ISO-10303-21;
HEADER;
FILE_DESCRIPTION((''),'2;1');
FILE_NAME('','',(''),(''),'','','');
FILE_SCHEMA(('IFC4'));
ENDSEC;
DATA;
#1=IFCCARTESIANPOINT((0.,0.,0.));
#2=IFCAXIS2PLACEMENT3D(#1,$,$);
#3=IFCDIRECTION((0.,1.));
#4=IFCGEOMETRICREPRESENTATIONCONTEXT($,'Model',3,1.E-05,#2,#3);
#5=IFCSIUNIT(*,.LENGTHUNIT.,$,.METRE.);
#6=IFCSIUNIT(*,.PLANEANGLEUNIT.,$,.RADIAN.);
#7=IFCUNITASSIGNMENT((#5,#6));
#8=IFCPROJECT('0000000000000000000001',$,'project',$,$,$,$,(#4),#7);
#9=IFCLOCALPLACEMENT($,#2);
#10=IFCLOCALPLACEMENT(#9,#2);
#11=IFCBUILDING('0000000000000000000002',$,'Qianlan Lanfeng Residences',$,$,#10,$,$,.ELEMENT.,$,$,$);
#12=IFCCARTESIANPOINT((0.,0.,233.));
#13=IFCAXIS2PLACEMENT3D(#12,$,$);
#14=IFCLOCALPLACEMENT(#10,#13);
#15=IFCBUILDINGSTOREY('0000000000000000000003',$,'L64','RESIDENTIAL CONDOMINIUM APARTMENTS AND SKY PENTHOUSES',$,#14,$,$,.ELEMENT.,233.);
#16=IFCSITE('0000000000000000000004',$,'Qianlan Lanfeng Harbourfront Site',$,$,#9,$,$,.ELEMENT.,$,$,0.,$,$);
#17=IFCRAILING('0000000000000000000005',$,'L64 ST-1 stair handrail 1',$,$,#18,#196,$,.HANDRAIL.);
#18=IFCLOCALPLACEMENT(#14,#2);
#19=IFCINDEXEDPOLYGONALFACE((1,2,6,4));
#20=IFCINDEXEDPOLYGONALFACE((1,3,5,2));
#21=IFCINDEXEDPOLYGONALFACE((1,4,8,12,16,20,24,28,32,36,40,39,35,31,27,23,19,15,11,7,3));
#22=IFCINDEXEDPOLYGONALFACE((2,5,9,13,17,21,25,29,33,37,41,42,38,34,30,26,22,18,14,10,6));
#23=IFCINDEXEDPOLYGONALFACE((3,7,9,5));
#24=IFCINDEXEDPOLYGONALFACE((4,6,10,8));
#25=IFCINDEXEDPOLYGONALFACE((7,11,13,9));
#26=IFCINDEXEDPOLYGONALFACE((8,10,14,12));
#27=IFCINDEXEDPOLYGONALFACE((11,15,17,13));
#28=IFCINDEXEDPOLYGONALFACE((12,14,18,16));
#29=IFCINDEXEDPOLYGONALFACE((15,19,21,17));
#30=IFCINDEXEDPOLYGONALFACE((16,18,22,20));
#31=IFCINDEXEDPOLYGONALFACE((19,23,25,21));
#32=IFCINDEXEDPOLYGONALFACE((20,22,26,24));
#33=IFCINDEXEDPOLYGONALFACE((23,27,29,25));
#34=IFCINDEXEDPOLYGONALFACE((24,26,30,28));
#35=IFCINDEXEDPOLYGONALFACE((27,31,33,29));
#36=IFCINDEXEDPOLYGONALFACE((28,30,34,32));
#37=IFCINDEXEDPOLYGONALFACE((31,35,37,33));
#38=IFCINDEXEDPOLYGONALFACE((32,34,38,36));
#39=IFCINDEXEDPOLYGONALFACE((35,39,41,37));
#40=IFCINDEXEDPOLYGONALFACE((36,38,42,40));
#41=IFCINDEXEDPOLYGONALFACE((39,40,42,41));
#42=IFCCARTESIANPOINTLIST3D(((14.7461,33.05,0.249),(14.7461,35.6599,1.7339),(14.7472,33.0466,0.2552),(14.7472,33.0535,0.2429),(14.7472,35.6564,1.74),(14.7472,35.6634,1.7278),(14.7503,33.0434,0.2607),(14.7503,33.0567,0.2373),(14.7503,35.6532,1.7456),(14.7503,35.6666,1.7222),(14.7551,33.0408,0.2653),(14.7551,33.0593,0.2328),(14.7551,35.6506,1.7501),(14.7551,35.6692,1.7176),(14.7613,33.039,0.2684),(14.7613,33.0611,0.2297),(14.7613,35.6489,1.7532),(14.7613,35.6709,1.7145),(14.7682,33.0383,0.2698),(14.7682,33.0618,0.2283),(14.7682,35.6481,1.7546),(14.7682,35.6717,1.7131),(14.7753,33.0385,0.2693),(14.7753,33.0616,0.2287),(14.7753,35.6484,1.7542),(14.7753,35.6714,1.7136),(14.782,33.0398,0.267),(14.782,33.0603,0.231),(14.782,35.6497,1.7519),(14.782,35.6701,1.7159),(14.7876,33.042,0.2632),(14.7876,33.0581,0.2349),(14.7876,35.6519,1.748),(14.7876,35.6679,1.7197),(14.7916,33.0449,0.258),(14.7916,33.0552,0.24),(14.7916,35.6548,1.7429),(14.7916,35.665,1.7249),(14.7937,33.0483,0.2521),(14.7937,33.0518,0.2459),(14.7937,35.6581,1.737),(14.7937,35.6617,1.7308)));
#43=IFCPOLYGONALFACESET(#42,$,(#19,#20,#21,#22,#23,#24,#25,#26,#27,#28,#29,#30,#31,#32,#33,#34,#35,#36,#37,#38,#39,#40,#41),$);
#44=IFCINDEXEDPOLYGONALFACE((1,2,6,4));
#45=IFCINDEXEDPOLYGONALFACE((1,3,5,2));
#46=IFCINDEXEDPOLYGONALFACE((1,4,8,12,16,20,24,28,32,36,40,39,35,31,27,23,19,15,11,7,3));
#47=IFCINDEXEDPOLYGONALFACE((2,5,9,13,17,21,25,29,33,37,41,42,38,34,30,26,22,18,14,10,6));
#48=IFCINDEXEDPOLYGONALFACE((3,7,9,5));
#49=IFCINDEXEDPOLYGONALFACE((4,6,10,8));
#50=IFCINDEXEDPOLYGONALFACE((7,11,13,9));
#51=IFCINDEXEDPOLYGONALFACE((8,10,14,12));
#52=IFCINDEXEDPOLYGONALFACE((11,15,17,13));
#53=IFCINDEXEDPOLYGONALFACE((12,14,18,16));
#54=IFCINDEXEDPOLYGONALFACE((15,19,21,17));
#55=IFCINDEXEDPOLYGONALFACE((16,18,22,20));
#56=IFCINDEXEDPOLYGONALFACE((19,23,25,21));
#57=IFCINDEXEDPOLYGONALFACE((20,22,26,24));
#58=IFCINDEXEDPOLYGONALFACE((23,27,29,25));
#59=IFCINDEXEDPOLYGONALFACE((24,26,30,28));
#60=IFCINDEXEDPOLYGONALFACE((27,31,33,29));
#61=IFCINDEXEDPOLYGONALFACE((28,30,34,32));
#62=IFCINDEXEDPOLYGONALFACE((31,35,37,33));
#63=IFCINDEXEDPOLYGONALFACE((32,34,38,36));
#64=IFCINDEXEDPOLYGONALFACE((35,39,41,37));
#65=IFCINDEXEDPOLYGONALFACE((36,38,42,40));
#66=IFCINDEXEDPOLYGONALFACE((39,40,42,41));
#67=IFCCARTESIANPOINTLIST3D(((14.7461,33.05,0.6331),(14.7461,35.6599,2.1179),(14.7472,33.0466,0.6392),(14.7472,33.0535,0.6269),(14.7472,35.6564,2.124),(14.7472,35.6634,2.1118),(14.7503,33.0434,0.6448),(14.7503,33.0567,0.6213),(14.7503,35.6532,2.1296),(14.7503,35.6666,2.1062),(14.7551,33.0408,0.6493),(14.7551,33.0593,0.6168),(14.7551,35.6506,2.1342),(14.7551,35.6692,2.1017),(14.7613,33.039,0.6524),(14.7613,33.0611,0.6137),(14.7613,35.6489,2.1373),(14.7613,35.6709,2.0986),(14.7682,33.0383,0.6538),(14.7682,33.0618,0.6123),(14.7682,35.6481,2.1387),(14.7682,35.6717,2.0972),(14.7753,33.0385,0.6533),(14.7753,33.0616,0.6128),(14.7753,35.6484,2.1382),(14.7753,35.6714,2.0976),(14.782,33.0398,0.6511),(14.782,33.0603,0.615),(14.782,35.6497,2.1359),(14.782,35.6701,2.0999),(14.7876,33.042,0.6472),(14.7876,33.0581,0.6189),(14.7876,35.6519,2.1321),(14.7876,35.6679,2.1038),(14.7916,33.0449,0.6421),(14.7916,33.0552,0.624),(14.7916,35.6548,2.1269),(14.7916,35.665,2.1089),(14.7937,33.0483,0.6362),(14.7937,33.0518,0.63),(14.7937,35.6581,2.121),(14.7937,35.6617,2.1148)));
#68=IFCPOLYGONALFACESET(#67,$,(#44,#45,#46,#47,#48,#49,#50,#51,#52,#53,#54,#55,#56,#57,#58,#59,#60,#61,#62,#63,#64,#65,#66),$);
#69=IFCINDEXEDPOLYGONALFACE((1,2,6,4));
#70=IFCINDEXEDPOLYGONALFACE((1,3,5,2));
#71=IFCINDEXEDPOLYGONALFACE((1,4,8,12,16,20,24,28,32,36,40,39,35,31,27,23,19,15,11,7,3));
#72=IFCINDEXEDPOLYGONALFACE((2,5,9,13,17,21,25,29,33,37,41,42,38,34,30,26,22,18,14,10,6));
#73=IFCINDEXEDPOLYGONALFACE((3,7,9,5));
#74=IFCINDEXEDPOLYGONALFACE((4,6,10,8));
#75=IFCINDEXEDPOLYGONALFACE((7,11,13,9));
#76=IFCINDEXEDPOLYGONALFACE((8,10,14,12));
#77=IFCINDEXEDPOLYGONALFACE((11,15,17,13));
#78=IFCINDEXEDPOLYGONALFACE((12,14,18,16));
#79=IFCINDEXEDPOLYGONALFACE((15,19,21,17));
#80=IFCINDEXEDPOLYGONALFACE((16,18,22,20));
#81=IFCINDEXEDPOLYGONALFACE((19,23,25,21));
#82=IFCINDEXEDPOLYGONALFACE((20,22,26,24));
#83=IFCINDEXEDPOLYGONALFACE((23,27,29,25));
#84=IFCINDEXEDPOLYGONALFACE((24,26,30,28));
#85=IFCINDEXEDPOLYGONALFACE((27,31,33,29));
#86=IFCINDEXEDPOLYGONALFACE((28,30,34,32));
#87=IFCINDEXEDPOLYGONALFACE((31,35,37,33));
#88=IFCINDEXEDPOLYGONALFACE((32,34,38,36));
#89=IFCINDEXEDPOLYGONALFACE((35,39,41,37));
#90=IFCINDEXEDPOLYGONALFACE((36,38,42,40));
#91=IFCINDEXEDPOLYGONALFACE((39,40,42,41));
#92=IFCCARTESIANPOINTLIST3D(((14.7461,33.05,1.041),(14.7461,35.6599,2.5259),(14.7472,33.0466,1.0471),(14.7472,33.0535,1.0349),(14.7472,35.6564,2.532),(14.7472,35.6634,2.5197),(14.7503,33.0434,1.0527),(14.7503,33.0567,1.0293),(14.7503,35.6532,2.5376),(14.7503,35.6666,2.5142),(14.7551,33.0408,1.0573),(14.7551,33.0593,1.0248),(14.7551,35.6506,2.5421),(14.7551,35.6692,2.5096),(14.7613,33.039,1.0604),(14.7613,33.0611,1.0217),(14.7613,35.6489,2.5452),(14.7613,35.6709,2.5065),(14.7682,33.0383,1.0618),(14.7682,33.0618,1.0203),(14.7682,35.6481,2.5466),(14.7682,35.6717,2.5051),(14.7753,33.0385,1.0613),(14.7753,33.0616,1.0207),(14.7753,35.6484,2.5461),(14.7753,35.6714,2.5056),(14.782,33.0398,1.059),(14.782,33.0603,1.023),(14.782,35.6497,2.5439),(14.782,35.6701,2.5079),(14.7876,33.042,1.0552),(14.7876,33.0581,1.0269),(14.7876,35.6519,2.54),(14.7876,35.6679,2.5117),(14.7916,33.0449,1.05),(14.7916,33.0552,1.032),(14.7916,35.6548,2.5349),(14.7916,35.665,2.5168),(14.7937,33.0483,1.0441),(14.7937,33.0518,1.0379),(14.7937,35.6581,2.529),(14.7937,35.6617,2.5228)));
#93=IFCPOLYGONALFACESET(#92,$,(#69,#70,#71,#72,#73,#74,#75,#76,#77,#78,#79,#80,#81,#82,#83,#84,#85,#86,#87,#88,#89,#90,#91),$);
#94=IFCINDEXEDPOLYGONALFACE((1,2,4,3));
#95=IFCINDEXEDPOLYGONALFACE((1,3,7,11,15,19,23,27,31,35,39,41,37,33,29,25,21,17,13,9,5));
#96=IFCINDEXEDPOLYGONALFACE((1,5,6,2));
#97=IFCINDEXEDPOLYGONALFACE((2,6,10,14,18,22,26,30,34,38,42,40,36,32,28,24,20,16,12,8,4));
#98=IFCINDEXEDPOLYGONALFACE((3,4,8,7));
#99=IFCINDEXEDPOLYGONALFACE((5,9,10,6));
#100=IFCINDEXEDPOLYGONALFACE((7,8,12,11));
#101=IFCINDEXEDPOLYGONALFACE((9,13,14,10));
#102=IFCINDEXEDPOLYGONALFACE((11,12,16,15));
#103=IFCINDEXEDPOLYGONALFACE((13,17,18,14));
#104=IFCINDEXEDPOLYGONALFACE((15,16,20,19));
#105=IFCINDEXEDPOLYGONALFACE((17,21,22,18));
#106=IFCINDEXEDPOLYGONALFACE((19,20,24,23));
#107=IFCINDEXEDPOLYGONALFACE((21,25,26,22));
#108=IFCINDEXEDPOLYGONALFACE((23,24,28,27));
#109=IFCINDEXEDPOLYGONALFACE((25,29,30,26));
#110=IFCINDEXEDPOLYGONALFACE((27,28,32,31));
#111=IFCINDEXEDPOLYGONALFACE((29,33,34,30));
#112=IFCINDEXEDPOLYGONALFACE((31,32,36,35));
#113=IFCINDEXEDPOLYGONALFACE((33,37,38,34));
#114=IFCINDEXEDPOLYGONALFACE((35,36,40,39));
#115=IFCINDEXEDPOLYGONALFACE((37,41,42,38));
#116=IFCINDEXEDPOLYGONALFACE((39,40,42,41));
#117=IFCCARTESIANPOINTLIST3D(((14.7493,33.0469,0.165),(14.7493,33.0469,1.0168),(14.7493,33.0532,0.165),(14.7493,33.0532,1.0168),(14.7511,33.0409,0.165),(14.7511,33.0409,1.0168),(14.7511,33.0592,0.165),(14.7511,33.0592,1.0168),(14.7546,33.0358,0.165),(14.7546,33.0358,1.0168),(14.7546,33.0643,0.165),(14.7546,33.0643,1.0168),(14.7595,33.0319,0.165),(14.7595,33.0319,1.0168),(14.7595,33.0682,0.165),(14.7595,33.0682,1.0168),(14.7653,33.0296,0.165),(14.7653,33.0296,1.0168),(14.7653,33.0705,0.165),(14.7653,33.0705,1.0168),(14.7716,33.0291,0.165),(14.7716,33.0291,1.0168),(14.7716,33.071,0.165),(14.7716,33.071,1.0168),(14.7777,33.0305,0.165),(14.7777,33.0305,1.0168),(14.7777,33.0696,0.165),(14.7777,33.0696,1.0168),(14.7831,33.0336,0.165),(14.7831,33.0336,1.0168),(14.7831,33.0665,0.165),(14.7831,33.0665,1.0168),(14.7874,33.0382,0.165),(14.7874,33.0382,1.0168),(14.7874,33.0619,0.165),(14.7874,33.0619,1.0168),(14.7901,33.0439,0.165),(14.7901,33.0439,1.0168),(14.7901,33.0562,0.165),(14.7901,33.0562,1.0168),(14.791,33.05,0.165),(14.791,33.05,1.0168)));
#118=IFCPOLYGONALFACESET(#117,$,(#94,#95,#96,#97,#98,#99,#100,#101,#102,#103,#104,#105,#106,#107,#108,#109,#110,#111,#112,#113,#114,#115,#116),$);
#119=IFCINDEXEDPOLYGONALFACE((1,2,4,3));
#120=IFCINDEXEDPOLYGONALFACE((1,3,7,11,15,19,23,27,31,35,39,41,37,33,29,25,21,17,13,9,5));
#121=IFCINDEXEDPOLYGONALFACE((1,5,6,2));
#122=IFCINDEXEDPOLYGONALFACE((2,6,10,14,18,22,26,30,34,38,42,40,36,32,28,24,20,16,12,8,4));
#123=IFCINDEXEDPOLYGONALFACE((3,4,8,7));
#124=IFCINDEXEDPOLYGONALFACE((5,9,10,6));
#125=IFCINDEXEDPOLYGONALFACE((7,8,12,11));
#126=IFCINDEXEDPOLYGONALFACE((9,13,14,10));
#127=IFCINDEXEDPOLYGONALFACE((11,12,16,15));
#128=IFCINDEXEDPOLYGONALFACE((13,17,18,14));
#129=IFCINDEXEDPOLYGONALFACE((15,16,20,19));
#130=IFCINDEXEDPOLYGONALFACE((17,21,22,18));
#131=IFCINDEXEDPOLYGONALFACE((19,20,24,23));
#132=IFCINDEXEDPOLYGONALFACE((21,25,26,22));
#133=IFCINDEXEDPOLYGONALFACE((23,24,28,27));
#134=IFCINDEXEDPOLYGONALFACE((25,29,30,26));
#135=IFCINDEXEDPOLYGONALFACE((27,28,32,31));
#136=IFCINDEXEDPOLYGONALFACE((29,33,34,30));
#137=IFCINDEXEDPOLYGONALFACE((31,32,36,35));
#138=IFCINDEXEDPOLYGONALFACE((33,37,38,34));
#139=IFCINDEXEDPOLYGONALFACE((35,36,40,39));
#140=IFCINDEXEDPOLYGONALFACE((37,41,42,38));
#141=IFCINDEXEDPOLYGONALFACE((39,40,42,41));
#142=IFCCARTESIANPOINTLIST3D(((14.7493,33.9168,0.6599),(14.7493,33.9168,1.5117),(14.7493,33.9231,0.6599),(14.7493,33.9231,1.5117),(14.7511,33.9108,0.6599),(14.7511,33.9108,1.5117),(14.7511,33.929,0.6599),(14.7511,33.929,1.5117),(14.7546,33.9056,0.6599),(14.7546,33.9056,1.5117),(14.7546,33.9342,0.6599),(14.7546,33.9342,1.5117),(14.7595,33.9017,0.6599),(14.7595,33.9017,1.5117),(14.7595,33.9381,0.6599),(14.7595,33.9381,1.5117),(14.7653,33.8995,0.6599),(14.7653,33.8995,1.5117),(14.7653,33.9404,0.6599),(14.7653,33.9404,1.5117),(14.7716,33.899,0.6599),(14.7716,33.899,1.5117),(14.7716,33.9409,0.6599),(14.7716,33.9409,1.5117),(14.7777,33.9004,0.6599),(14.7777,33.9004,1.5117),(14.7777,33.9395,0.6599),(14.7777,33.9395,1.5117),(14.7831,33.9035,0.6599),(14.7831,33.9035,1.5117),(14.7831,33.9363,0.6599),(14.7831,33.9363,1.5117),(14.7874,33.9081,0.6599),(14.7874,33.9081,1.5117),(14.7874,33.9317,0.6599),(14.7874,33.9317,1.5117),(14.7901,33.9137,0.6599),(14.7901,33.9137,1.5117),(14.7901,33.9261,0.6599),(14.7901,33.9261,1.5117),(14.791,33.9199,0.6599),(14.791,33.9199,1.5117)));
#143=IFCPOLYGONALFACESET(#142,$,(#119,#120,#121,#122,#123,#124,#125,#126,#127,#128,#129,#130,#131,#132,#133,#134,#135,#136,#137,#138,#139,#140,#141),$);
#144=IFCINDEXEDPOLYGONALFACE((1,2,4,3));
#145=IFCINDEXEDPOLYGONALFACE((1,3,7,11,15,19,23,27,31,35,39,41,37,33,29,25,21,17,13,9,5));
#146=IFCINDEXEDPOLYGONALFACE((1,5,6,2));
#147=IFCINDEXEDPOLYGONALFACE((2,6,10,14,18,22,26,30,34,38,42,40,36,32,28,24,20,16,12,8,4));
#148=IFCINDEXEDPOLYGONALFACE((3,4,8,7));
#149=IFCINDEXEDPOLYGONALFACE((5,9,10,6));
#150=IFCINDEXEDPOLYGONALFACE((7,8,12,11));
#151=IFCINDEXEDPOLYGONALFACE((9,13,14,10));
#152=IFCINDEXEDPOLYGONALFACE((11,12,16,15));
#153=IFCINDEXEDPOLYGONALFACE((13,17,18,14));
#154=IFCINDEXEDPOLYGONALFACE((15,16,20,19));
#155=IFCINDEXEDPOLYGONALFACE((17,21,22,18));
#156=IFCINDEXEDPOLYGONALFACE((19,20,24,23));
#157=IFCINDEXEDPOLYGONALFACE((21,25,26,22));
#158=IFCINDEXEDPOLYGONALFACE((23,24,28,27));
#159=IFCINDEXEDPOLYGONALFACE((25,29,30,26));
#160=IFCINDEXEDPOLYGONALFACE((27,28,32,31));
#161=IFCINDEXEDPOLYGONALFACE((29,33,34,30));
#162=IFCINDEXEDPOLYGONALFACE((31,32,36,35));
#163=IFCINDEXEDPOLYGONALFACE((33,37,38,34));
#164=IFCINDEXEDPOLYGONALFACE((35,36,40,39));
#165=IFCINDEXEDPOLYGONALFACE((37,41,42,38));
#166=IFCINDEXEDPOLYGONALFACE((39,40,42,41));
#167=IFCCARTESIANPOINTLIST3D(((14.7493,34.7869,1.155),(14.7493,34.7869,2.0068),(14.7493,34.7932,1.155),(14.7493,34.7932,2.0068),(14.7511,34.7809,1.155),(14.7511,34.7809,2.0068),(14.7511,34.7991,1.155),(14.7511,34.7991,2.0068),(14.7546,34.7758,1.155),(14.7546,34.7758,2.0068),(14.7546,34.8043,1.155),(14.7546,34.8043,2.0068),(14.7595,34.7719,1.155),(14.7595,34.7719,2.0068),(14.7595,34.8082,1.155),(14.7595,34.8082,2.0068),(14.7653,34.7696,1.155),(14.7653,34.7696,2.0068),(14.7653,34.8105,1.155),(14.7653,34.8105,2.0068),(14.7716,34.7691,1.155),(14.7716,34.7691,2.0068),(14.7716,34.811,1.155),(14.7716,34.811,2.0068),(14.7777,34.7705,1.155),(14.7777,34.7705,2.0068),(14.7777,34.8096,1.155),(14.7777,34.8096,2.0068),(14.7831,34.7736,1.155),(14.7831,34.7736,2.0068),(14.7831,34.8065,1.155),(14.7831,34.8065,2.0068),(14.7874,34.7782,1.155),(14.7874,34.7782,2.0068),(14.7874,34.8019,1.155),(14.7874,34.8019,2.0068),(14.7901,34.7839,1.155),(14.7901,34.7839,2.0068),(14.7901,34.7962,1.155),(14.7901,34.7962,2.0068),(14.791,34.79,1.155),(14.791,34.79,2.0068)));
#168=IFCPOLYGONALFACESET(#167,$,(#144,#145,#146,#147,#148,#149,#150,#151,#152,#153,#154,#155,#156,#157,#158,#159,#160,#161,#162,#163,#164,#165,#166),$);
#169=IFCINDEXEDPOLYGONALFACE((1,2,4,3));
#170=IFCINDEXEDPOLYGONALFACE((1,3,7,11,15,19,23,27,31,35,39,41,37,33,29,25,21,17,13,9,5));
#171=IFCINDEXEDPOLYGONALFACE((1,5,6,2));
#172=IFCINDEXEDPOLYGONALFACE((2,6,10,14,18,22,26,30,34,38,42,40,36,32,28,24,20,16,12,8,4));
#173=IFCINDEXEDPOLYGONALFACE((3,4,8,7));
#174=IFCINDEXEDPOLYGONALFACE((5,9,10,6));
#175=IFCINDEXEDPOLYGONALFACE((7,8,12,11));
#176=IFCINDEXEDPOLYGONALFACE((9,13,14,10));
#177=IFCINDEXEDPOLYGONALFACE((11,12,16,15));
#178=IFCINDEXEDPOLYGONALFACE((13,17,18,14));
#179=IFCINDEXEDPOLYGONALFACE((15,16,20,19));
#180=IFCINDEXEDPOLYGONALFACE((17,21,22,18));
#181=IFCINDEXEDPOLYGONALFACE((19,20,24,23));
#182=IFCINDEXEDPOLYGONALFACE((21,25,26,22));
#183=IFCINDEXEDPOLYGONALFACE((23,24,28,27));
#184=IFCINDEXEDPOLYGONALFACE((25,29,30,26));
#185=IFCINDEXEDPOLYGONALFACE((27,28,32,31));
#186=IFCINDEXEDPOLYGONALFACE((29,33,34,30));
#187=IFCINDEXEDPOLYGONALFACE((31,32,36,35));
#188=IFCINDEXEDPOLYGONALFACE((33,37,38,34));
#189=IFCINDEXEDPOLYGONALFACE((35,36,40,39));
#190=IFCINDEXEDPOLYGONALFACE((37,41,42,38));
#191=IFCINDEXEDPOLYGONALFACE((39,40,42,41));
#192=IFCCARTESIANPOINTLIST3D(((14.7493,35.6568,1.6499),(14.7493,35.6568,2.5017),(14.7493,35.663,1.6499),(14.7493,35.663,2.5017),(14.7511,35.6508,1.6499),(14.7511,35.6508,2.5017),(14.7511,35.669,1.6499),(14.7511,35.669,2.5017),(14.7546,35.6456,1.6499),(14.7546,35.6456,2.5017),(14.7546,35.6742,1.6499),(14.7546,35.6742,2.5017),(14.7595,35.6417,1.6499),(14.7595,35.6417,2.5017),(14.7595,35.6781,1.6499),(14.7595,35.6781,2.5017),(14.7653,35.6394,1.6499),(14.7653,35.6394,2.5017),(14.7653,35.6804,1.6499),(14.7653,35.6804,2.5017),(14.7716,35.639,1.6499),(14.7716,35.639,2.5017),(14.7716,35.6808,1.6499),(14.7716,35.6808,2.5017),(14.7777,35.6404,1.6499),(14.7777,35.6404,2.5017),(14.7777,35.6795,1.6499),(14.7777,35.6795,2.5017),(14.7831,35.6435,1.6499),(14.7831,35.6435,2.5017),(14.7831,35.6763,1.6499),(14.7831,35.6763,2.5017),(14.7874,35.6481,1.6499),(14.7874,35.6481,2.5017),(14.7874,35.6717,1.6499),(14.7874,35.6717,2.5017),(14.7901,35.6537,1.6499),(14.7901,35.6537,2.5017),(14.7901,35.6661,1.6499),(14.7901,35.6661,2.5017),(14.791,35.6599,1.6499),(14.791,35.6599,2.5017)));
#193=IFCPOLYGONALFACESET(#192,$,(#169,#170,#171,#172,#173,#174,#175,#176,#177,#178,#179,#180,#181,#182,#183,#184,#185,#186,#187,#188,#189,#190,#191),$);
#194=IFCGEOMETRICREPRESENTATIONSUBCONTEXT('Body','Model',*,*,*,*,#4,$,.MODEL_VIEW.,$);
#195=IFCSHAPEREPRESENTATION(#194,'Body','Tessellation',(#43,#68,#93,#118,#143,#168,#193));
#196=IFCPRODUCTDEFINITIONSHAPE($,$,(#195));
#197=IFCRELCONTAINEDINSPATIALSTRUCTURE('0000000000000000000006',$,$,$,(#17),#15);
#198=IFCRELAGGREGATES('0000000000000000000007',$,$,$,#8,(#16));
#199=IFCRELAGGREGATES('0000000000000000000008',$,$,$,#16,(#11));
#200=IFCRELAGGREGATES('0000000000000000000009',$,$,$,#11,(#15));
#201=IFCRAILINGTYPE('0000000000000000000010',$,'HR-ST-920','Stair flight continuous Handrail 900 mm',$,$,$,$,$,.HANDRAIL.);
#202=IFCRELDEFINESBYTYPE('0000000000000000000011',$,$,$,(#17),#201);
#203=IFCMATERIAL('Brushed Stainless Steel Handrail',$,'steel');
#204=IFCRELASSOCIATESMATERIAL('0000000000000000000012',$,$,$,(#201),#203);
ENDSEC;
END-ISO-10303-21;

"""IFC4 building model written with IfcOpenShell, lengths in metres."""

from ifc_helpers import new_model, si_unit, direction, frame, origin, origin_2d, place, context, subcontext, project, spatial, circle, extrude, material, type_object, element, save


model = new_model("IFC4")

# Units and contexts
model_context = context("Model", 3, precision=1e-05, world=origin(), true_north=direction((0.0, 1.0)))
body_context = subcontext(model_context, "Body", "Model", "MODEL_VIEW")
ifc_project = project(units=[si_unit("LENGTHUNIT", "METRE"), si_unit("PLANEANGLEUNIT", "RADIAN")], contexts=[model_context])

# Site, building, storey
site_placement = place(None, origin())
site = spatial("IfcSite", under=ifc_project, at=site_placement, Name="Qianlan Lanfeng Harbourfront Site", CompositionType="ELEMENT", RefElevation=0.0)
building_placement = place(site_placement, origin())
building = spatial("IfcBuilding", under=site, at=building_placement, Name="Qianlan Lanfeng Residences", CompositionType="ELEMENT")
storey_placement = place(building_placement, frame((0.0, 0.0, 233.0)))
storey = spatial("IfcBuildingStorey", under=building, at=storey_placement, Name="L64", Description="RESIDENTIAL CONDOMINIUM APARTMENTS AND SKY PENTHOUSES", CompositionType="ELEMENT", Elevation=233.0)

# Railing
ifc_material_1 = material(Name="Brushed Stainless Steel Handrail", Category="steel")
railing_type_1 = type_object("IfcRailingType", Name="HR-ST-920", Description="Stair flight continuous Handrail 900 mm", PredefinedType="HANDRAIL", material=ifc_material_1)
railing_1_placement = place(storey_placement, frame((14.77, 33.05, 0.165)))
element("IfcRailing", 1, at=railing_1_placement, inside=storey, type_object=railing_type_1, Name="L64 ST-1 stair handrail 1", PredefinedType="HANDRAIL", context=body_context, shape_type="SweptSolid", body=[
    extrude(circle(Radius=0.0239, at=origin_2d()), frame((0.0, 0.0, 0.084), z_axis=(0.0, 0.869172, 0.494509), x_axis=(-1.0, 0.0, 0.0)), (0.0, 0.0, 1.0), 3.0027),
    extrude(circle(Radius=0.0239, at=origin_2d()), frame((0.0, 0.0, 0.468), z_axis=(0.0, 0.869172, 0.494509), x_axis=(-1.0, 0.0, 0.0)), (0.0, 0.0, 1.0), 3.0027),
    extrude(circle(Radius=0.0239, at=origin_2d()), frame((0.0, 0.0, 0.876), z_axis=(0.0, 0.869172, 0.494509), x_axis=(-1.0, 0.0, 0.0)), (0.0, 0.0, 1.0), 3.0027),
    extrude(circle(Radius=0.021, at=origin_2d()), origin(), (0.0, 0.0, 1.0), 0.8518),
    extrude(circle(Radius=0.021, at=origin_2d()), frame((0.0, 0.8699, 0.4949)), (0.0, 0.0, 1.0), 0.8518),
    extrude(circle(Radius=0.021, at=origin_2d()), frame((0.0, 1.74, 0.99)), (0.0, 0.0, 1.0), 0.8518),
    extrude(circle(Radius=0.021, at=origin_2d()), frame((0.0, 2.6099, 1.4849)), (0.0, 0.0, 1.0), 0.8518),
])

save(model, "model.ifc")
